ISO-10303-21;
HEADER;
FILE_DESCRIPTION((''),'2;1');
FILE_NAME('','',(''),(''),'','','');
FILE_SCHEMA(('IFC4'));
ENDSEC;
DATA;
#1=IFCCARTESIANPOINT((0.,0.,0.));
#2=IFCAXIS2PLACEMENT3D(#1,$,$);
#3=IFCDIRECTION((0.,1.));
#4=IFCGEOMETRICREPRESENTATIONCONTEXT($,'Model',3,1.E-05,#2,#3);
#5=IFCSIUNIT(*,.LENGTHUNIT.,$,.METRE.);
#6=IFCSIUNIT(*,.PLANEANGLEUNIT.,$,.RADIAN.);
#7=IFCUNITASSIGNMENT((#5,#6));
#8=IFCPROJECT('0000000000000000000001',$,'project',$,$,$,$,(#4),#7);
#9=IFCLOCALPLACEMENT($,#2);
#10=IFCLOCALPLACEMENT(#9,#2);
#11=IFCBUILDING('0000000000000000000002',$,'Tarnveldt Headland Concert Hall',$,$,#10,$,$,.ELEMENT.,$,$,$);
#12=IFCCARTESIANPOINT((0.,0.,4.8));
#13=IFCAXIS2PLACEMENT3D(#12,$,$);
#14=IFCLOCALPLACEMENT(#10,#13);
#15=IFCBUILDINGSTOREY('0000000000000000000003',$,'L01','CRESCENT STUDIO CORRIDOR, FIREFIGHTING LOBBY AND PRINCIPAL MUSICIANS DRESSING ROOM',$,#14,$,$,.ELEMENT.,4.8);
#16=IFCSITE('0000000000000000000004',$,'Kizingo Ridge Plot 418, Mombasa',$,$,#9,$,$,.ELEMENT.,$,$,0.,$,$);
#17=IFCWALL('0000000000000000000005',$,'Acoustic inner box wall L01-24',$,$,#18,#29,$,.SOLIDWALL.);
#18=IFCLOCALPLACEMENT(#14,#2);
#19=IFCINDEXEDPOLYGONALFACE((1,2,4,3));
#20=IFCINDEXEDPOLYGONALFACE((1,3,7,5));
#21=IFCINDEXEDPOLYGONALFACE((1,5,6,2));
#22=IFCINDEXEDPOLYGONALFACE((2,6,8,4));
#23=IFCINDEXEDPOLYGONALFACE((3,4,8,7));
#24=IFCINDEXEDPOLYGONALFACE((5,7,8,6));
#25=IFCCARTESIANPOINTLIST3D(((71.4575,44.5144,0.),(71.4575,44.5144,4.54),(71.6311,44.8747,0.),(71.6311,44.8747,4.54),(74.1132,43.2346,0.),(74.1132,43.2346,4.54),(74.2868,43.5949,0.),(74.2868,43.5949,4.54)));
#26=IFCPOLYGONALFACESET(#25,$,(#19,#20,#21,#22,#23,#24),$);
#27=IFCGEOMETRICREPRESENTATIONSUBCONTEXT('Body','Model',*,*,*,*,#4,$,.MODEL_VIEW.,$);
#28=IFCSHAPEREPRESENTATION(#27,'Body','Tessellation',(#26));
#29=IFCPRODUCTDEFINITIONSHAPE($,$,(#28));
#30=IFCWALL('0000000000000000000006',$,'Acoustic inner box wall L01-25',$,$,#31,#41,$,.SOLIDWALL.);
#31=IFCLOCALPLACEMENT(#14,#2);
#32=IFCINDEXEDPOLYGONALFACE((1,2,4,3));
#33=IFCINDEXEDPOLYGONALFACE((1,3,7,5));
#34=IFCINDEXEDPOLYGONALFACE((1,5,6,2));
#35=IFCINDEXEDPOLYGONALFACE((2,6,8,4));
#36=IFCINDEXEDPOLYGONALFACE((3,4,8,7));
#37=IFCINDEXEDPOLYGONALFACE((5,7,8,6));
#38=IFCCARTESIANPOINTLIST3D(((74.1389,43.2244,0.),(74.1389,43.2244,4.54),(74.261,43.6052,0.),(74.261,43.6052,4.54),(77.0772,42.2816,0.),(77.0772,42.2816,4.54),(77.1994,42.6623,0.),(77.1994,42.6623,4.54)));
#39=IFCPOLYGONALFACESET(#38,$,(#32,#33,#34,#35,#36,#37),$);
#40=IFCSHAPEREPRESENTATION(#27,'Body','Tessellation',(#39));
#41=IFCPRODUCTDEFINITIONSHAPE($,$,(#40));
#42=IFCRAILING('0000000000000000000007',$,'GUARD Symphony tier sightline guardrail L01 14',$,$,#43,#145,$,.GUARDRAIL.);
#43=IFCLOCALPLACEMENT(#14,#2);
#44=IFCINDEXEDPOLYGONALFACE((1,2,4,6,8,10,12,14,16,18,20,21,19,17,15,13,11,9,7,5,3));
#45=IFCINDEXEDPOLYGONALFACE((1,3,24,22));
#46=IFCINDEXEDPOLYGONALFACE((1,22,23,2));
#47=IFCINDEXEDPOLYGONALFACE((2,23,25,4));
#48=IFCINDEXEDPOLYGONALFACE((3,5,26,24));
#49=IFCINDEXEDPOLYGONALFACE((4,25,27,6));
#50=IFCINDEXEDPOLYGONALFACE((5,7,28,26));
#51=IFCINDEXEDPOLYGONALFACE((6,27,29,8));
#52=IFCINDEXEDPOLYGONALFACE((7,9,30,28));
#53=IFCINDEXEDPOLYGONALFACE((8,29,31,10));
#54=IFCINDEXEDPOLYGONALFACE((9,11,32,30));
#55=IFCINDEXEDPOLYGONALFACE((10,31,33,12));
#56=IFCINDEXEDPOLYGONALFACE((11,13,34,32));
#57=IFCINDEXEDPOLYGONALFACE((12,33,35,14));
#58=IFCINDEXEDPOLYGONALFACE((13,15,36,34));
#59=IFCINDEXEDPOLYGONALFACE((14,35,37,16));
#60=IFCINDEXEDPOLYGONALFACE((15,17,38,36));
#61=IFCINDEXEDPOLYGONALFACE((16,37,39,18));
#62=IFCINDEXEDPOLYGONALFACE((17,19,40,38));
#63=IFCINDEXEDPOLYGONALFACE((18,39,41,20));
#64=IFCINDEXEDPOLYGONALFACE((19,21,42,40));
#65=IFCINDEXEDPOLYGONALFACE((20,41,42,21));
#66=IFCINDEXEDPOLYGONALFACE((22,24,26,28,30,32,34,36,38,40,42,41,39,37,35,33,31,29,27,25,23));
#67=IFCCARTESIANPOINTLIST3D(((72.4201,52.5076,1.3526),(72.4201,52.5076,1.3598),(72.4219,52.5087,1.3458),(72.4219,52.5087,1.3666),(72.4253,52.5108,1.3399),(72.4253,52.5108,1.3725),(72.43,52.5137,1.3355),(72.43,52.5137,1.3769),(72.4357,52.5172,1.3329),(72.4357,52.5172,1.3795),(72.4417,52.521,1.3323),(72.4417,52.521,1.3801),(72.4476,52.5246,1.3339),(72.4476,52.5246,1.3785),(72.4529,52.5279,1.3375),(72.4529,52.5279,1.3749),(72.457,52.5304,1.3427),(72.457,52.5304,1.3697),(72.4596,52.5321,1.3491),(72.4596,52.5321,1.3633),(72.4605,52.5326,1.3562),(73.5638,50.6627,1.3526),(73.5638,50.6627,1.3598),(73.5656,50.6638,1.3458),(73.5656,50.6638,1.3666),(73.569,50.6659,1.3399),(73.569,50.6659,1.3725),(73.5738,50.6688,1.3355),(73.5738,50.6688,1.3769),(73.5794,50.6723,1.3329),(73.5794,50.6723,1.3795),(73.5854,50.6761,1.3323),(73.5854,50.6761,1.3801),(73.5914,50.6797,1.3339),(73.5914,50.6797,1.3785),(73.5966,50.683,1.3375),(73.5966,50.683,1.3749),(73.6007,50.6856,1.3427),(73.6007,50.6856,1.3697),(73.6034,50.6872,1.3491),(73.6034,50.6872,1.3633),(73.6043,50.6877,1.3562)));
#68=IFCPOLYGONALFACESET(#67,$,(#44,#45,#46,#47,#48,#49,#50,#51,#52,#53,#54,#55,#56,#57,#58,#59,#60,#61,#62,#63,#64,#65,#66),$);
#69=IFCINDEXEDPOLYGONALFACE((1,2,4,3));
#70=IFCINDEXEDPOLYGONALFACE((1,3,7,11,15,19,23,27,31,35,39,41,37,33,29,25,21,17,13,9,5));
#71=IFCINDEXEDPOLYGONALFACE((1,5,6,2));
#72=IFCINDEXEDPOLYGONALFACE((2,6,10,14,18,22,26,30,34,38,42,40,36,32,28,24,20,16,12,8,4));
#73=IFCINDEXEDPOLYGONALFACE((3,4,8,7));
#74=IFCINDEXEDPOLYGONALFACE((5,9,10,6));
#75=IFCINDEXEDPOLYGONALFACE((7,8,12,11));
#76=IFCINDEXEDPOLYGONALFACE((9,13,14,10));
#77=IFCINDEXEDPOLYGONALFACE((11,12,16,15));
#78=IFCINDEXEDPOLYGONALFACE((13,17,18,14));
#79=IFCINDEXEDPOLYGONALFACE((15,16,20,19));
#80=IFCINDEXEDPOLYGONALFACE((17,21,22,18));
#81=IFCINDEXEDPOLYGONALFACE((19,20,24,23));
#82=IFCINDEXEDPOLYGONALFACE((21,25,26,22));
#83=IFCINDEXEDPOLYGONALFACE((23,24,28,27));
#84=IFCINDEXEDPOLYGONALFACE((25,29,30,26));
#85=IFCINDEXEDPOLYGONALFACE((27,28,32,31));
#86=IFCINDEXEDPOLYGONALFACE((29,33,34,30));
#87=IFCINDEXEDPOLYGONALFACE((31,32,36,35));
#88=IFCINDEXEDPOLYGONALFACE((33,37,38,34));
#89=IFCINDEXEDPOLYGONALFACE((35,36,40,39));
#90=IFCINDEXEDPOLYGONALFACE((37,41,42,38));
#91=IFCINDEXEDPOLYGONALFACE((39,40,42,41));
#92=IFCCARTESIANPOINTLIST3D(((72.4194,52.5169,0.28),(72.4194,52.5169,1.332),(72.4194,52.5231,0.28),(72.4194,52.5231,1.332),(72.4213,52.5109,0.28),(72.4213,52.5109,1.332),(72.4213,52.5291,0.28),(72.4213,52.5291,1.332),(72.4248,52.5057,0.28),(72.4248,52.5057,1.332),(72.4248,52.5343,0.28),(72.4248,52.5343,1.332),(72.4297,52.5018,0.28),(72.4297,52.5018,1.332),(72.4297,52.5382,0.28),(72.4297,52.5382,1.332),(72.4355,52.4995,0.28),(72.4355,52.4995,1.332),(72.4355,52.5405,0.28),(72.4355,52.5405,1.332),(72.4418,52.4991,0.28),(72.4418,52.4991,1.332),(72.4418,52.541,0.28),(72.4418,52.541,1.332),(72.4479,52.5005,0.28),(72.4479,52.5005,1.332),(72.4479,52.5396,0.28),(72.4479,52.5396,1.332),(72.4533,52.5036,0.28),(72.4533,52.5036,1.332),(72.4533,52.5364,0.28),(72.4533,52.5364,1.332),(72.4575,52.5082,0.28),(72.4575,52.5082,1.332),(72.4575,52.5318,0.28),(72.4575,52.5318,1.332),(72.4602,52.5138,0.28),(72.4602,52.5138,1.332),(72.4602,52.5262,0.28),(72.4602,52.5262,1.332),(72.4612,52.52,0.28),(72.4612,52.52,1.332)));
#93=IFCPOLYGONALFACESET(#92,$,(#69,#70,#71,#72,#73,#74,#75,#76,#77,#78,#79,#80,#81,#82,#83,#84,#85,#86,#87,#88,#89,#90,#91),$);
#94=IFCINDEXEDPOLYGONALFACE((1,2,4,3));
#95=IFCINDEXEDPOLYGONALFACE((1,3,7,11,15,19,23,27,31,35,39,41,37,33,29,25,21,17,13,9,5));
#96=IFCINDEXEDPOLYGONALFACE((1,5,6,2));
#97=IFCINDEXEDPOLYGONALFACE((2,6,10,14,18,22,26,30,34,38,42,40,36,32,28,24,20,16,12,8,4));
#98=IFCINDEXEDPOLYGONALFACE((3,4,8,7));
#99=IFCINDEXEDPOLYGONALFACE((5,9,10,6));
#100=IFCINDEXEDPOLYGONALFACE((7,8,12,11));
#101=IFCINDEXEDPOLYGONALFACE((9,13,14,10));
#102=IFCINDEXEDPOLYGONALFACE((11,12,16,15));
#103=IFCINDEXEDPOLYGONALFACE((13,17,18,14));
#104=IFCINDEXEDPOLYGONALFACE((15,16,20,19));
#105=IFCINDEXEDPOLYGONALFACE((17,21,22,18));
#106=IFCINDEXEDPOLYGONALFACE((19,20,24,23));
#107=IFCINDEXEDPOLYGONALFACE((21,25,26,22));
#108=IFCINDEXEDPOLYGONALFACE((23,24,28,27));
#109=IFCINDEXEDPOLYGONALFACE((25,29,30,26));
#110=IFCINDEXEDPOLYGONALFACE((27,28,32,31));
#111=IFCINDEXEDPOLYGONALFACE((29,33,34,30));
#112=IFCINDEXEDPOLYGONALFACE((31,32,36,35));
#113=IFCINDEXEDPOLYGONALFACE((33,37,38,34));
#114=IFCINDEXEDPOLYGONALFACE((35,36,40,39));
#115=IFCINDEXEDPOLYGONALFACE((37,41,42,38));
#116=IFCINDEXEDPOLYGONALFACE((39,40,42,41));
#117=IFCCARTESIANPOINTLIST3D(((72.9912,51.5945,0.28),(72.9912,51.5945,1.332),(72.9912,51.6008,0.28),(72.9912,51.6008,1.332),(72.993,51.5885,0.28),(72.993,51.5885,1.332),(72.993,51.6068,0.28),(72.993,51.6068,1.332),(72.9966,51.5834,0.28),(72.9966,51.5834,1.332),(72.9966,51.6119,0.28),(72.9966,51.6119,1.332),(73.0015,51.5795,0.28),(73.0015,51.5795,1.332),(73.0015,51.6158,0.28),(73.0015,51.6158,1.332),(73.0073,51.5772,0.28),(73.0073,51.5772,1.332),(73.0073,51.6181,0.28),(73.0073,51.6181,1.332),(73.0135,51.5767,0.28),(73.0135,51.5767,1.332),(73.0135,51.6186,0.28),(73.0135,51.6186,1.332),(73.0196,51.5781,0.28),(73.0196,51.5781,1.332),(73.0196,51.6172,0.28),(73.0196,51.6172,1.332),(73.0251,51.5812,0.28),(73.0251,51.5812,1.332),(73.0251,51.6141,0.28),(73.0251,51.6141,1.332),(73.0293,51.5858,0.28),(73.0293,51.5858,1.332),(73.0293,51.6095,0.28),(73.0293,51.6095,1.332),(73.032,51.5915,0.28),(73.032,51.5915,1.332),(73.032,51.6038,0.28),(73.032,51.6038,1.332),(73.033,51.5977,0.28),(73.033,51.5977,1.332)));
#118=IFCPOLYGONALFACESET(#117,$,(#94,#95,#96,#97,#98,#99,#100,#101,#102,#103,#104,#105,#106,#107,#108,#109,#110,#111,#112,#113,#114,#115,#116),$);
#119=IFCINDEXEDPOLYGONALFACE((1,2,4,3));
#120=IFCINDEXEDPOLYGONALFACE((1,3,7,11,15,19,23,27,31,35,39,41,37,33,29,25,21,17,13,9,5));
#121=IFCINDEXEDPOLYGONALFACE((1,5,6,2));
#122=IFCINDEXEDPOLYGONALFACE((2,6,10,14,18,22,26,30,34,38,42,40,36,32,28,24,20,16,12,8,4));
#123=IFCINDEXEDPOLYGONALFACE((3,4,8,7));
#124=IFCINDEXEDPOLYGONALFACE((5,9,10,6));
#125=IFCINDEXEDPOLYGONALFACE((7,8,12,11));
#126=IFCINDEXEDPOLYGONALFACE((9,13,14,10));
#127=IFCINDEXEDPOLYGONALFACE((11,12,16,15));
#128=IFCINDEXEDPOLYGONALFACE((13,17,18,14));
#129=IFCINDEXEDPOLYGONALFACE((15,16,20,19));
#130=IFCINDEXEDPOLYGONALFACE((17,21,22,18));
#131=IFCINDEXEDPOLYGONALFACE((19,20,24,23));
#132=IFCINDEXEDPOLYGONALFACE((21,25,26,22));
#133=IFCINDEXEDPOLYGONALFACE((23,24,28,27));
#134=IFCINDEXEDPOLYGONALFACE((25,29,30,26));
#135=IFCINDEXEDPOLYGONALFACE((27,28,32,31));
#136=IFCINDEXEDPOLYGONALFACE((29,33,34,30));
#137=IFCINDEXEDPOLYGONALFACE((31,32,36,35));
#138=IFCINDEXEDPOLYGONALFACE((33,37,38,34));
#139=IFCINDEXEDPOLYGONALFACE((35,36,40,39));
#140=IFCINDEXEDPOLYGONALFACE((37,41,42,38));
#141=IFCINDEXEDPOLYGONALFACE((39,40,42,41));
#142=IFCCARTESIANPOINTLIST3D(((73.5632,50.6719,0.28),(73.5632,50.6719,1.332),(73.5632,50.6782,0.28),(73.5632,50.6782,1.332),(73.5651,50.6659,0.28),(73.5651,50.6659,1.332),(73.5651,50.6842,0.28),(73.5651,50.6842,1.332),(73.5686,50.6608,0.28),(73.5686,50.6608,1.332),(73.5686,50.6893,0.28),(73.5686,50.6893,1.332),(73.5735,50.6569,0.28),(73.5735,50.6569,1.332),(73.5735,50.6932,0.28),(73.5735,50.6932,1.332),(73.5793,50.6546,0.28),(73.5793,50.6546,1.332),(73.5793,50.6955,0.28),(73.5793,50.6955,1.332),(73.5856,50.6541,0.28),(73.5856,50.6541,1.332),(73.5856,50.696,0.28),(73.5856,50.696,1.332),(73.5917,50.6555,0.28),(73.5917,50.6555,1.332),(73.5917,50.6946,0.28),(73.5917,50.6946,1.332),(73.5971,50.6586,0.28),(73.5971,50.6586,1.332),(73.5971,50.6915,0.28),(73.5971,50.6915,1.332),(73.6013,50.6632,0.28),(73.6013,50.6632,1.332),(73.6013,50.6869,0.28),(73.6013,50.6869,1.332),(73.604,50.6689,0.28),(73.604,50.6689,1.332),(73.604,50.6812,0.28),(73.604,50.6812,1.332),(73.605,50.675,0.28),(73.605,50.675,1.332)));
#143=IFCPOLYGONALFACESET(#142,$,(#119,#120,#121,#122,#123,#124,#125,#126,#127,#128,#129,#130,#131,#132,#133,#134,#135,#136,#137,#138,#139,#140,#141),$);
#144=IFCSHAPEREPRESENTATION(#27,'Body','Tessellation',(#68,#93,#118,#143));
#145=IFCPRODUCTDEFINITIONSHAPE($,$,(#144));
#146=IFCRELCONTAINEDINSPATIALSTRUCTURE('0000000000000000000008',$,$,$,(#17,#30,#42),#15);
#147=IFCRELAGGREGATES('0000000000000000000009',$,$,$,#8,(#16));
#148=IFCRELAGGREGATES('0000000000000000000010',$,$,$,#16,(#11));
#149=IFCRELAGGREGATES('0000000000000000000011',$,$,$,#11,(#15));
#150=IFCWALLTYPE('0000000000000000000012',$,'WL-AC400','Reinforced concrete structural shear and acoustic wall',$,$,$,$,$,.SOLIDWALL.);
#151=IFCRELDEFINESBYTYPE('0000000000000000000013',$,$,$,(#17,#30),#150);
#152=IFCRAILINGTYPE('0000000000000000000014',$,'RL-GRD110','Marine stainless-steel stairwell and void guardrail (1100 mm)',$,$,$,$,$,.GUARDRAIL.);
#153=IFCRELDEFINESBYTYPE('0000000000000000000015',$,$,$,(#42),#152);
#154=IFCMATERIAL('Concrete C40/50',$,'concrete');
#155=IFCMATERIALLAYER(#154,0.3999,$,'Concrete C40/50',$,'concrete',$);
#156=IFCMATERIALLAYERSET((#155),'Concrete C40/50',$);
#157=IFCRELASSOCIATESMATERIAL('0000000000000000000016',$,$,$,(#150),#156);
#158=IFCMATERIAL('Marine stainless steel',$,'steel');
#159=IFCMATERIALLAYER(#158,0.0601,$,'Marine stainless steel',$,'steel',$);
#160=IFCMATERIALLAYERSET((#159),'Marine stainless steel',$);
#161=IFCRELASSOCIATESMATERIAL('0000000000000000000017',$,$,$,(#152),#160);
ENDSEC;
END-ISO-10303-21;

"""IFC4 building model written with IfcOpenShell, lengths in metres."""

from ifc_helpers import new_model, si_unit, direction, frame, frame_2d, origin, origin_2d, place, context, subcontext, project, spatial, rectangle, circle, extrude, material, layer, layer_set, type_object, element, save


model = new_model("IFC4")

# Units and contexts
model_context = context("Model", 3, precision=1e-05, world=origin(), true_north=direction((0.0, 1.0)))
body_context = subcontext(model_context, "Body", "Model", "MODEL_VIEW")
ifc_project = project(units=[si_unit("LENGTHUNIT", "METRE"), si_unit("PLANEANGLEUNIT", "RADIAN")], contexts=[model_context])

# Site, building, storey
site_placement = place(None, origin())
site = spatial("IfcSite", under=ifc_project, at=site_placement, Name="Kizingo Ridge Plot 418, Mombasa", CompositionType="ELEMENT", RefElevation=0.0)
building_placement = place(site_placement, origin())
building = spatial("IfcBuilding", under=site, at=building_placement, Name="Tarnveldt Headland Concert Hall", CompositionType="ELEMENT")
storey_placement = place(building_placement, frame((0.0, 0.0, 4.8)))
storey = spatial("IfcBuildingStorey", under=building, at=storey_placement, Name="L01", Description="CRESCENT STUDIO CORRIDOR, FIREFIGHTING LOBBY AND PRINCIPAL MUSICIANS DRESSING ROOM", CompositionType="ELEMENT", Elevation=4.8)

# Shared definitions
ifc_material_1 = material(Name="Concrete C40/50", Category="concrete")

# Shared definitions
ifc_layer_1 = layer(ifc_material_1, 0.3999, Name="Concrete C40/50", Category="concrete")
ifc_layer_set_1 = layer_set([ifc_layer_1], Name="Concrete C40/50")
wall_type = type_object("IfcWallType", Name="WL-AC400", Description="Reinforced concrete structural shear and acoustic wall", PredefinedType="SOLIDWALL", material=ifc_layer_set_1)

# Walls
wall_1_placement = place(storey_placement, frame((71.5442, 44.6946, 0.0), z_axis=(0.0, 0.0, 1.0), x_axis=(0.900858, -0.434114, 0.0)))
element("IfcWall", 1, at=wall_1_placement, inside=storey, type_object=wall_type, Name="Acoustic inner box wall L01-24", PredefinedType="SOLIDWALL", context=body_context, shape_type="SweptSolid", body=[
    extrude(rectangle(XDim=2.948, YDim=0.3999, at=frame_2d((1.4741, 0.0))), origin(), (0.0, 0.0, 1.0), 4.54),
])
wall_2_placement = place(storey_placement, frame((74.2, 43.4148, 0.0), z_axis=(0.0, 0.0, 1.0), x_axis=(0.952183, -0.305528, 0.0)))
element("IfcWall", 2, at=wall_2_placement, inside=storey, type_object=wall_type, Name="Acoustic inner box wall L01-25", PredefinedType="SOLIDWALL", context=body_context, shape_type="SweptSolid", body=[
    extrude(rectangle(XDim=3.0859, YDim=0.3999, at=frame_2d((1.543, 0.0))), origin(), (0.0, 0.0, 1.0), 4.54),
])

# Railing
ifc_material_2 = material(Name="Marine stainless steel", Category="steel")
ifc_layer_2 = layer(ifc_material_2, 0.0601, Name="Marine stainless steel", Category="steel")
ifc_layer_set_2 = layer_set([ifc_layer_2], Name="Marine stainless steel")
railing_type = type_object("IfcRailingType", Name="RL-GRD110", Description="Marine stainless-steel stairwell and void guardrail (1100 mm)", PredefinedType="GUARDRAIL", material=ifc_layer_set_2)
railing_1_placement = place(storey_placement, frame((72.4402, 52.52, 0.28)))
element("IfcRailing", 3, at=railing_1_placement, inside=storey, type_object=railing_type, Name="GUARD Symphony tier sightline guardrail L01 14", PredefinedType="GUARDRAIL", context=body_context, shape_type="SweptSolid", body=[
    extrude(circle(Radius=0.0239, at=origin_2d()), frame((0.0, 0.0, 1.0762), z_axis=(0.526912, -0.84992, 0.0), x_axis=(0.84992, 0.526912, 0.0)), (0.0, 0.0, 1.0), 2.1707),
    extrude(circle(Radius=0.021, at=origin_2d()), origin(), (0.0, 0.0, 1.0), 1.052),
    extrude(circle(Radius=0.021, at=origin_2d()), frame((0.5718, -0.9224, 0.0)), (0.0, 0.0, 1.0), 1.052),
    extrude(circle(Radius=0.021, at=origin_2d()), frame((1.1438, -1.845, 0.0)), (0.0, 0.0, 1.0), 1.052),
])

save(model, "model.ifc")
